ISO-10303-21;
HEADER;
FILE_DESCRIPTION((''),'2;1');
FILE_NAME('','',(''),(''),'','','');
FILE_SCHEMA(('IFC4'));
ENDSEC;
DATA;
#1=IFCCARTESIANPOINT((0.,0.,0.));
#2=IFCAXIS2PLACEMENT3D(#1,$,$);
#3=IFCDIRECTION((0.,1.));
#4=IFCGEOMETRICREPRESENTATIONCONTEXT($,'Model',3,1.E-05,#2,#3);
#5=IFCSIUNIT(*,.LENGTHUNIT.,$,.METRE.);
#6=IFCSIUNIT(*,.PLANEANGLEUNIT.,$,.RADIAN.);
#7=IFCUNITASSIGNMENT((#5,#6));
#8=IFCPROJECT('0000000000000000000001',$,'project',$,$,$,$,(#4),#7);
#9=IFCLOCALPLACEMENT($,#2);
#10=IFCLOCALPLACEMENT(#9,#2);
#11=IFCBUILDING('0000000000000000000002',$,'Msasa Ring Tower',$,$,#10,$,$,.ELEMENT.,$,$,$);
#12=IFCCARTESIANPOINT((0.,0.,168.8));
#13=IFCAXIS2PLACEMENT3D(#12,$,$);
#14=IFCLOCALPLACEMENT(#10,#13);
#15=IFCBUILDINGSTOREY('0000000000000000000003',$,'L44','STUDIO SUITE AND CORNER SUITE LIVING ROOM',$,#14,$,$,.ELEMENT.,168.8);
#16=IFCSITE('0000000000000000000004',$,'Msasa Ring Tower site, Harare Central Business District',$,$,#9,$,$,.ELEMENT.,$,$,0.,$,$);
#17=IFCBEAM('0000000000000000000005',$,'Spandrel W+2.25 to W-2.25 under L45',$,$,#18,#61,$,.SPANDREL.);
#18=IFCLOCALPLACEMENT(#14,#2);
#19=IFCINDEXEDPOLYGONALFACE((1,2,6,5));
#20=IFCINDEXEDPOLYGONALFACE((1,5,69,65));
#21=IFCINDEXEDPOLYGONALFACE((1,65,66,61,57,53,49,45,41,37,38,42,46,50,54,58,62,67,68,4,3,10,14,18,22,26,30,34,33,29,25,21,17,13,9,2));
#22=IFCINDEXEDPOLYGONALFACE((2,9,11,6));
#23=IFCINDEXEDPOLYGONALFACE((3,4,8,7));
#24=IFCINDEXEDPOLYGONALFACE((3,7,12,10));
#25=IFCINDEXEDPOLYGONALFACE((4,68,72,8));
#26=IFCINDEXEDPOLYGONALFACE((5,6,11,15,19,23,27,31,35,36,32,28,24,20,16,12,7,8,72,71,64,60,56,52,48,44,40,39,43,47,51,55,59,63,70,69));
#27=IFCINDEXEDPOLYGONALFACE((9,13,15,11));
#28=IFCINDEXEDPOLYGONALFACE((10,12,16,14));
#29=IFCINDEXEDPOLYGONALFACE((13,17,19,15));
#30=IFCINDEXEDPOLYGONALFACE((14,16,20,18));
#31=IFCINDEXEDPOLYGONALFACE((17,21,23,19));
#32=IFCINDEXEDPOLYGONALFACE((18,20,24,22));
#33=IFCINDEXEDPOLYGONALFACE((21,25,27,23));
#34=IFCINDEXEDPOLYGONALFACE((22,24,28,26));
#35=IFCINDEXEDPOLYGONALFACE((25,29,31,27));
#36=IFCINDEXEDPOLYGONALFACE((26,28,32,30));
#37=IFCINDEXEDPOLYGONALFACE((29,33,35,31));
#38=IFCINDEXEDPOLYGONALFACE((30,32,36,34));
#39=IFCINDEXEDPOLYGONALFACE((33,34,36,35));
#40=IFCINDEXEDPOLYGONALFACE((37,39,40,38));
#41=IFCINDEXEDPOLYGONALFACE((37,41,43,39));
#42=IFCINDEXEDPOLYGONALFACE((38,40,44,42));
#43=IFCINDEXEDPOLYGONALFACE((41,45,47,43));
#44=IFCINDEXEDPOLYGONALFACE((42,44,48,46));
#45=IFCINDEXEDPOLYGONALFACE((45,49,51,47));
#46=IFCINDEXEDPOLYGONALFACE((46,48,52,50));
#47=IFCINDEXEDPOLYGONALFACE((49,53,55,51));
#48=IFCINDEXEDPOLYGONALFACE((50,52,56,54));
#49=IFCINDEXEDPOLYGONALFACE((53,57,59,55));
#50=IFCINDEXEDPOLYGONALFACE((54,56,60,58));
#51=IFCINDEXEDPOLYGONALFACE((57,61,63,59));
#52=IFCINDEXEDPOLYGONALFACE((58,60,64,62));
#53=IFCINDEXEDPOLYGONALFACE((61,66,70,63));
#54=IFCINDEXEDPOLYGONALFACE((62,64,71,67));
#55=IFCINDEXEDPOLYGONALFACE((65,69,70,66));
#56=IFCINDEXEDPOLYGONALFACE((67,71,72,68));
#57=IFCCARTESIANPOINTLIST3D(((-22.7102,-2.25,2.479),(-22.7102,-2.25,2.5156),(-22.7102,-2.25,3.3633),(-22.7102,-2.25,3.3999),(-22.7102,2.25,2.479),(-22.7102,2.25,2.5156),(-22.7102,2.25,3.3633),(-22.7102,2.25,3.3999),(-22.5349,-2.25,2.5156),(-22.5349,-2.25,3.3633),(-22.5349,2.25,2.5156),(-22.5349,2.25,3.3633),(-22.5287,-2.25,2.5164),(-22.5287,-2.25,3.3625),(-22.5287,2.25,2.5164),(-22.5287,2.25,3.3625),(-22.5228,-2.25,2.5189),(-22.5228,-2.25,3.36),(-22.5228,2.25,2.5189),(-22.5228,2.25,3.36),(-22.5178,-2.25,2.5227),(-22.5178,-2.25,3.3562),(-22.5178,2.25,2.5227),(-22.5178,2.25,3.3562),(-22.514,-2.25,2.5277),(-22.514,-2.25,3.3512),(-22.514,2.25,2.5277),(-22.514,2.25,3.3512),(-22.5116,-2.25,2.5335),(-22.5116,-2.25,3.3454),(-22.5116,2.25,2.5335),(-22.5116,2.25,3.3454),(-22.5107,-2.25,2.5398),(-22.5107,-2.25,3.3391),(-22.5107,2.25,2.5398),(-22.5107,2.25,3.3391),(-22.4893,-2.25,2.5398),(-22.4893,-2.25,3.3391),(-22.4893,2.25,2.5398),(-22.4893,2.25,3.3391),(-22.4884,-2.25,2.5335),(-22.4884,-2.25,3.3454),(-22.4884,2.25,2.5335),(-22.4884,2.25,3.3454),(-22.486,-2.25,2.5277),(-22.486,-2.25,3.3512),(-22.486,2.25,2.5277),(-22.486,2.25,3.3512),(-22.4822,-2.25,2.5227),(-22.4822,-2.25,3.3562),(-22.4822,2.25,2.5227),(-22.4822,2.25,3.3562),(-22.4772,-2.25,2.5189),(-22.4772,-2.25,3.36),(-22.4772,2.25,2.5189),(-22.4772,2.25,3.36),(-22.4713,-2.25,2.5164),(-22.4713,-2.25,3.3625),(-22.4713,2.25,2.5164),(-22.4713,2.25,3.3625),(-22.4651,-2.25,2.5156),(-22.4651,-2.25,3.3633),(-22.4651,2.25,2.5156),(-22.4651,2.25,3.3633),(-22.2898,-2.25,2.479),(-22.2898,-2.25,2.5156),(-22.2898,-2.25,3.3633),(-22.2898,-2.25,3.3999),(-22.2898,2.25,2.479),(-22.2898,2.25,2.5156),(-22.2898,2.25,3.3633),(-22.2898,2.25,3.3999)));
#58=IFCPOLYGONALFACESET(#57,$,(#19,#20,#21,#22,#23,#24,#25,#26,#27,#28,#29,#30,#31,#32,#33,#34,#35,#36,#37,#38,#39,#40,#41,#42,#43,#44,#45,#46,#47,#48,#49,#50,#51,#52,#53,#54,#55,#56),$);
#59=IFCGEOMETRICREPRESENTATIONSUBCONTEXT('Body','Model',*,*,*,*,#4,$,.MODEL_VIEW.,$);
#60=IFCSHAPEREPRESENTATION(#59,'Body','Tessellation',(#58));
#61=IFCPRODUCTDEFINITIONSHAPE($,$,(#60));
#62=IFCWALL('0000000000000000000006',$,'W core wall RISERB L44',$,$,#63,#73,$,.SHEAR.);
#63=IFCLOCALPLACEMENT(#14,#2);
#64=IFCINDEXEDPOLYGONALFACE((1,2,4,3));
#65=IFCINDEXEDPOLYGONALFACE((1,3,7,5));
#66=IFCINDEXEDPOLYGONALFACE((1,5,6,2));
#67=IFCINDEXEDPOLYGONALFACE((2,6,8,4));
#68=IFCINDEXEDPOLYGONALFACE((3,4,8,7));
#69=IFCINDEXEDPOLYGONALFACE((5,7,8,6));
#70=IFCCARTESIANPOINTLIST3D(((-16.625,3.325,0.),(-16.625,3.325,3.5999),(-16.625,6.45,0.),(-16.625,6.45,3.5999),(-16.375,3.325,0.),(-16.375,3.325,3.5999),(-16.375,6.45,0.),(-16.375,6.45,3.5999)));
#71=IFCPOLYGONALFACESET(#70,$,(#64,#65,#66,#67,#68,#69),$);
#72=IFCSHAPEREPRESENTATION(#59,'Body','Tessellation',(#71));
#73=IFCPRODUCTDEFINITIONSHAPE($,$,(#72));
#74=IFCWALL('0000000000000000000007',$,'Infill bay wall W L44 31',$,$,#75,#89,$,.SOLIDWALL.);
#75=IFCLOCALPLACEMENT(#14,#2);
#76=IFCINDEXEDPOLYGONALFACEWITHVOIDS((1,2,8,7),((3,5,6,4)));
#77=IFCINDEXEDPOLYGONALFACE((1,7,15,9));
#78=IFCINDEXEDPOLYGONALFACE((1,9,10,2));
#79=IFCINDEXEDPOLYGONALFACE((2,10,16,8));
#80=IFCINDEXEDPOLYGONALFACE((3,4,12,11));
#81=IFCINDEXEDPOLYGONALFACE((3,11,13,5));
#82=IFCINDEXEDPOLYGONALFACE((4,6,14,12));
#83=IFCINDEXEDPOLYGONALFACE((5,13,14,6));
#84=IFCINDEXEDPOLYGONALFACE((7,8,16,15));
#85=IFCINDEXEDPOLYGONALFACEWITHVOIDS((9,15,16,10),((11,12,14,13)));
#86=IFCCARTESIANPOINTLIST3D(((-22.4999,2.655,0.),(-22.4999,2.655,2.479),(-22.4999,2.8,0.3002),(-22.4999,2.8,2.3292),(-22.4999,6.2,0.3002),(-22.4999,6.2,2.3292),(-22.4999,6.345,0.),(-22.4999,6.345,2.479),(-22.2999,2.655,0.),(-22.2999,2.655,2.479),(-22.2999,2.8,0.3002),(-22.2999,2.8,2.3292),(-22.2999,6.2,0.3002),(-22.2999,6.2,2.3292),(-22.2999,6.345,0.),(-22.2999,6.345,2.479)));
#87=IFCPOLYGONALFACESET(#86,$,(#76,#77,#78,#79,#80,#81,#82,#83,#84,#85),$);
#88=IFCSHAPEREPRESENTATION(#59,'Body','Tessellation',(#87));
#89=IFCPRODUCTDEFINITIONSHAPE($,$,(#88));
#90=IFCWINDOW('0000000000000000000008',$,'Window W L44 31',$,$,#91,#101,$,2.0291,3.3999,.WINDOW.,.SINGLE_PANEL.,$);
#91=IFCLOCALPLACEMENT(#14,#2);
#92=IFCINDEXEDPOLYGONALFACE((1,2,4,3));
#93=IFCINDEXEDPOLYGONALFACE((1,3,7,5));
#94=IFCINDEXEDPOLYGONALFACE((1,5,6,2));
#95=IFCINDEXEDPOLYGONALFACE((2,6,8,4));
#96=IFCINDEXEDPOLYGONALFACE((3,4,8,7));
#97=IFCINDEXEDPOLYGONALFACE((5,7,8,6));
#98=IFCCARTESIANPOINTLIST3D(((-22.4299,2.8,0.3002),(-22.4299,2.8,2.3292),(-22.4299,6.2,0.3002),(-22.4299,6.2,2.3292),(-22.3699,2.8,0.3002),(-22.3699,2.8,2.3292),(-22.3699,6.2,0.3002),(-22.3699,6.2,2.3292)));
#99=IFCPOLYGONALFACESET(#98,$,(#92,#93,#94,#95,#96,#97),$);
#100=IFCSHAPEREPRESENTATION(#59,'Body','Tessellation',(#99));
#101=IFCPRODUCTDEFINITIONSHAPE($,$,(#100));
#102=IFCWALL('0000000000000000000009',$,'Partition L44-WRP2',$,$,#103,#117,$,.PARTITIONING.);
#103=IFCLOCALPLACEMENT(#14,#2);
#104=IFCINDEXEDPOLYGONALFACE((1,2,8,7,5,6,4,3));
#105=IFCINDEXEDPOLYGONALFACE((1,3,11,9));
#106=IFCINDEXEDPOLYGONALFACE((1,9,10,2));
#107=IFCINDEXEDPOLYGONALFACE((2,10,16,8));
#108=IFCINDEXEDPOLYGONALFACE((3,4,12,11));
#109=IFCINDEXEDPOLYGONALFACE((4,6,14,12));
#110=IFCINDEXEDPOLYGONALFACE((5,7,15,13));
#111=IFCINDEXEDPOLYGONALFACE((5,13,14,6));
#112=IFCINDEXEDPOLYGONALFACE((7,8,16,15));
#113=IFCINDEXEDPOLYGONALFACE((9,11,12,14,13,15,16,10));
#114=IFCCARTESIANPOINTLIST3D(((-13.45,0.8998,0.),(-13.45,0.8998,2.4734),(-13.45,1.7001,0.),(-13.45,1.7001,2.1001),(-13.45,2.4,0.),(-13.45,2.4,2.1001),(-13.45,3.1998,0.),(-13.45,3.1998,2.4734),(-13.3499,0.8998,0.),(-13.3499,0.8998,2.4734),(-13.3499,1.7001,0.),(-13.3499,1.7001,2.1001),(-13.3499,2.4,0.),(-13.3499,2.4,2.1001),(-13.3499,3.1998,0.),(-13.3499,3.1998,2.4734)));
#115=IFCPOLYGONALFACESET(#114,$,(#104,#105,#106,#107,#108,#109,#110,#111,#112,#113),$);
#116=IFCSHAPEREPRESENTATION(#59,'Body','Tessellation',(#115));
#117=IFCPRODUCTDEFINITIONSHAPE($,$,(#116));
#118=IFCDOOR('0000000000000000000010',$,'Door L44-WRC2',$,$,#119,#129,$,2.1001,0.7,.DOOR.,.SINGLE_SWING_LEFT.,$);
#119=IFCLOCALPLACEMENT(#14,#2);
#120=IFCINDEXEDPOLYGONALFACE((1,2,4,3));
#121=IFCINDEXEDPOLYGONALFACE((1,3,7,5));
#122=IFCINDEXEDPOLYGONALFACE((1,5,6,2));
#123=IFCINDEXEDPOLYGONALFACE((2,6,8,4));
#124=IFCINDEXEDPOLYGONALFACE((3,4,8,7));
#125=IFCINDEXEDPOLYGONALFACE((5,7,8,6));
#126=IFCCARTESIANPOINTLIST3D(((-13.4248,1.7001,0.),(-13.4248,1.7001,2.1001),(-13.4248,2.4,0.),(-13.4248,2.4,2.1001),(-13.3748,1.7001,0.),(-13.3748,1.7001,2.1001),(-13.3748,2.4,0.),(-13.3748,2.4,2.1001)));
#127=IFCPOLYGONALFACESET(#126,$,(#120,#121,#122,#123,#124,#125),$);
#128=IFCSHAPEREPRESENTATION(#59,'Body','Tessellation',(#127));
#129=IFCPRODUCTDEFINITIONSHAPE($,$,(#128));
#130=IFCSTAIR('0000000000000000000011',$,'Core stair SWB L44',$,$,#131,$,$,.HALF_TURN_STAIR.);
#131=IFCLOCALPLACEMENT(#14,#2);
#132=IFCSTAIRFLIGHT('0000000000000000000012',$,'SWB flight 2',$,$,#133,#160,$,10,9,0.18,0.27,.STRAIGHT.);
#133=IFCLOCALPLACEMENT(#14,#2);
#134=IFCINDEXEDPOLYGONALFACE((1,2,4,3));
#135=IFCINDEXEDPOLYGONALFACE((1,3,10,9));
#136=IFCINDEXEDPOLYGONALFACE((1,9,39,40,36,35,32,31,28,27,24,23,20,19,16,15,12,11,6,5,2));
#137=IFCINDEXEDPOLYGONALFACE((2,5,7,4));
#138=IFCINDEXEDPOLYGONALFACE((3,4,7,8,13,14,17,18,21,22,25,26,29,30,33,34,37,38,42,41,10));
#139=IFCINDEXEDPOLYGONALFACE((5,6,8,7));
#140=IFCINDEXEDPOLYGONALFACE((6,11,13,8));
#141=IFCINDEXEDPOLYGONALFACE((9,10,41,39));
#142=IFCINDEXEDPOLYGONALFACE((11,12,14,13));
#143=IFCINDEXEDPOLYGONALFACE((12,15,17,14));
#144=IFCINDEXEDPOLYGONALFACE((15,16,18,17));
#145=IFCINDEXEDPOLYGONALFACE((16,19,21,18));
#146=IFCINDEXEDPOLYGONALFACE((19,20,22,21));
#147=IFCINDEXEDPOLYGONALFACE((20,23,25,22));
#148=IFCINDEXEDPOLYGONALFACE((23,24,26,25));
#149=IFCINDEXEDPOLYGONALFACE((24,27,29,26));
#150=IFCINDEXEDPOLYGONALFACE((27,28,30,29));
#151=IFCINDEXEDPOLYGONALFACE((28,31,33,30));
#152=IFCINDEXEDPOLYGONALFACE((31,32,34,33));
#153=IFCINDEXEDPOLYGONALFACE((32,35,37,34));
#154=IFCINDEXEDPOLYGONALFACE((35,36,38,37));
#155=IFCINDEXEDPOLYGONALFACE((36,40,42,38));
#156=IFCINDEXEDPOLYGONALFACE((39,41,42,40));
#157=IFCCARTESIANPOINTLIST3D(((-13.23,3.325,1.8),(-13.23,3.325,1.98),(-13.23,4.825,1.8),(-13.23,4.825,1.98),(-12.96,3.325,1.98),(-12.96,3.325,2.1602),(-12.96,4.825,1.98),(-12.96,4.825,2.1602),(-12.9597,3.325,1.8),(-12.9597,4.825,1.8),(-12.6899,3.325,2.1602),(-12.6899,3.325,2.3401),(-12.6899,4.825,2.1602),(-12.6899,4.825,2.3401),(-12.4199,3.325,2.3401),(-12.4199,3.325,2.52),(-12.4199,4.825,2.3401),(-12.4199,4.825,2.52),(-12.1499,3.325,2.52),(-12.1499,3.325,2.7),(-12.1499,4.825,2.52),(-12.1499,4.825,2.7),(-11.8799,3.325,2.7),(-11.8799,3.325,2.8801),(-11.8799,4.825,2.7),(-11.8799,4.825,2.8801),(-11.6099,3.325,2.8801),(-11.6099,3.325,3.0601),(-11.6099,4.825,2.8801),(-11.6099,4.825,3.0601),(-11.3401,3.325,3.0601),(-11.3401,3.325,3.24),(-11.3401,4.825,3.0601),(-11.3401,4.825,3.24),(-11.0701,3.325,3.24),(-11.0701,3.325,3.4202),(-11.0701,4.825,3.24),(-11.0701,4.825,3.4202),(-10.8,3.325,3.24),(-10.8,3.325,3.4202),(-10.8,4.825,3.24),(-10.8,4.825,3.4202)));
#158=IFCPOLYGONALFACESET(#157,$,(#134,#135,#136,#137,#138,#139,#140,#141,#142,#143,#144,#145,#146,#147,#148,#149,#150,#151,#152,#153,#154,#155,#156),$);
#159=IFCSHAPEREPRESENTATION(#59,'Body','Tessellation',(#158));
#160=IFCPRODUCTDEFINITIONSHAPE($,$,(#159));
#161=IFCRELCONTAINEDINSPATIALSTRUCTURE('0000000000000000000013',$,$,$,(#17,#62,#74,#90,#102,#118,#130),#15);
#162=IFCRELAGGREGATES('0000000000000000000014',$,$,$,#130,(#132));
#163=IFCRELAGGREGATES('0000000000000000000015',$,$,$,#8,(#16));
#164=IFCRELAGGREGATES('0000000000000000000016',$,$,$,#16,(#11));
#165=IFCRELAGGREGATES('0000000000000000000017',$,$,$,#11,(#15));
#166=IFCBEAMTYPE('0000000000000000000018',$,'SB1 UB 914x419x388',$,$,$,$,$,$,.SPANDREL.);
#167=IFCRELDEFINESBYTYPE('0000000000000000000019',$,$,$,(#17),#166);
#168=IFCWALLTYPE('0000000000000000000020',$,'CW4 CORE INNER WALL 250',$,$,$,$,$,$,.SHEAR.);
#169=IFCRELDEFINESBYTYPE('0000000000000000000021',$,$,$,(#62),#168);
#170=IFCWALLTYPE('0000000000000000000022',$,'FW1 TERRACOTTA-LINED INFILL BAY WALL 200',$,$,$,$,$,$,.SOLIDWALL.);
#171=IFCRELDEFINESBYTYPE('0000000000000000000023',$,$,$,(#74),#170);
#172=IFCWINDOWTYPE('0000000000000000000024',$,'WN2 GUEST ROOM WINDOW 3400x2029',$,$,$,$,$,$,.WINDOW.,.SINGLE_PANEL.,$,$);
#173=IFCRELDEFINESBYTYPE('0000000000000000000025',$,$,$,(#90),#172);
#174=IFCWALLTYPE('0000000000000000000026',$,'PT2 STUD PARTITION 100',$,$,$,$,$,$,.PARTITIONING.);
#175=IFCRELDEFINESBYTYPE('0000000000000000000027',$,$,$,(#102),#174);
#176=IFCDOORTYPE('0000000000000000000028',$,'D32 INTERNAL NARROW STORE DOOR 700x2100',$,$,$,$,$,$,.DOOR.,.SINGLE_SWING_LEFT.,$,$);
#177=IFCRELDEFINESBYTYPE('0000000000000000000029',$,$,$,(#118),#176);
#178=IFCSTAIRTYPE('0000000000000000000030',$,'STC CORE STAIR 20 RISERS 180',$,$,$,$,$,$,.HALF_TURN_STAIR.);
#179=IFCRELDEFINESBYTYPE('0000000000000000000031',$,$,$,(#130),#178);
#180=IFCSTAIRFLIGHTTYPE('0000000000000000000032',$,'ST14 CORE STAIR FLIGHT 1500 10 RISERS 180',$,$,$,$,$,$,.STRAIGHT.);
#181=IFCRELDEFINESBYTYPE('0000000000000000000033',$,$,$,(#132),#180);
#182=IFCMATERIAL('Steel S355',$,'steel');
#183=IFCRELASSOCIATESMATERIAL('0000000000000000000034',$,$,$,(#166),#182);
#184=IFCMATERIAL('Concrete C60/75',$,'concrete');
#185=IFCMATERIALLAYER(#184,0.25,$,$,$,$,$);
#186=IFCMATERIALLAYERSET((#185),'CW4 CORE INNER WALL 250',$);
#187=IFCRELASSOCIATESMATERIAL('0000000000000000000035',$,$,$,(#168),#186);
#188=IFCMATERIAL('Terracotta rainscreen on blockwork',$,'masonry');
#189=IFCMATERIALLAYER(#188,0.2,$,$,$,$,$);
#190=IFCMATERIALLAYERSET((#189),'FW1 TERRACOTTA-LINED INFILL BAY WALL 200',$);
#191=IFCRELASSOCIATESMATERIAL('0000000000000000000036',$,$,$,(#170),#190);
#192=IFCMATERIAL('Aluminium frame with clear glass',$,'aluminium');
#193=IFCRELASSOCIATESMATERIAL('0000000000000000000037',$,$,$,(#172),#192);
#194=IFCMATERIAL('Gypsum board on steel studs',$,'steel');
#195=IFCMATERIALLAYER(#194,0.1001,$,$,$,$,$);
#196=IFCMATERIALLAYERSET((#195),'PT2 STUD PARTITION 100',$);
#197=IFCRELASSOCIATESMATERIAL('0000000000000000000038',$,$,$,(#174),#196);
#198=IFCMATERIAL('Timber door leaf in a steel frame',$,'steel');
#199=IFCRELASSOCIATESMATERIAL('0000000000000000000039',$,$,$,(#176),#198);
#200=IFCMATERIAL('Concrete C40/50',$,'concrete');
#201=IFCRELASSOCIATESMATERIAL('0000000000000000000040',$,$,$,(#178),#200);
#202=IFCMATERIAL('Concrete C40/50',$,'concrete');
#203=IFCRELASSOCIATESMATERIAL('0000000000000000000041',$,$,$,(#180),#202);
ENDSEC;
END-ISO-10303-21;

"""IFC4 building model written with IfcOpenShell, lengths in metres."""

from ifc_helpers import new_model, si_unit, direction, frame, frame_2d, origin, origin_2d, place, context, subcontext, project, spatial, polyline, rectangle, i_section, outline, extrude, material, layer, layer_set, material_profile, profile_set, type_object, element, fill, aggregate, save


model = new_model("IFC4")

# Units and contexts
model_context = context("Model", 3, precision=1e-05, world=origin(), true_north=direction((0.0, 1.0)))
body_context = subcontext(model_context, "Body", "Model", "MODEL_VIEW")
ifc_project = project(units=[si_unit("LENGTHUNIT", "METRE"), si_unit("PLANEANGLEUNIT", "RADIAN")], contexts=[model_context])

# Site, building, storey
site_placement = place(None, origin())
site = spatial("IfcSite", under=ifc_project, at=site_placement, Name="Msasa Ring Tower site, Harare Central Business District", CompositionType="ELEMENT", RefElevation=0.0)
building_placement = place(site_placement, origin())
building = spatial("IfcBuilding", under=site, at=building_placement, Name="Msasa Ring Tower", CompositionType="ELEMENT")
storey_placement = place(building_placement, frame((0.0, 0.0, 168.8)))
storey = spatial("IfcBuildingStorey", under=building, at=storey_placement, Name="L44", Description="STUDIO SUITE AND CORNER SUITE LIVING ROOM", CompositionType="ELEMENT", Elevation=168.8)

# Beam
ifc_material_1 = material(Name="Steel S355", Category="steel")
ifc_material_profile_1 = material_profile(ifc_material_1, i_section(OverallWidth=0.4204, OverallDepth=0.9209, WebThickness=0.0215, FlangeThickness=0.0366, FilletRadius=0.0242, at=origin_2d()), Name="UB 914x419x388")
ifc_profile_set_1 = profile_set([ifc_material_profile_1], Name="Steel S355")
beam_type_1 = type_object("IfcBeamType", Name="SB1 UB 914x419x388", PredefinedType="SPANDREL", material=ifc_profile_set_1)
for number, where, z_axis, x_axis, name in (
    (1, (-22.5, 2.25, 2.9395), (0.0, -1.0, 0.0), (1.0, 0.0, 0.0), "Spandrel W+2.25 to W-2.25 under L45"),
):
    element("IfcBeam", number, at=place(storey_placement, frame(where, z_axis=z_axis, x_axis=x_axis)), inside=storey, type_object=beam_type_1, Name=name, PredefinedType="SPANDREL", context=body_context, shape_type="SweptSolid", body=[
        extrude(i_section(OverallWidth=0.4204, OverallDepth=0.9209, WebThickness=0.0215, FlangeThickness=0.0366, FilletRadius=0.0242, at=origin_2d()), origin(), (0.0, 0.0, 1.0), 4.5),
    ])

# Wall
ifc_material_2 = material(Name="Concrete C60/75", Category="concrete")
ifc_layer_1 = layer(ifc_material_2, 0.25)
ifc_layer_set_1 = layer_set([ifc_layer_1], Name="CW4 CORE INNER WALL 250")
wall_type_1 = type_object("IfcWallType", Name="CW4 CORE INNER WALL 250", PredefinedType="SHEAR", material=ifc_layer_set_1)
wall_1_placement = place(storey_placement, frame((-16.5, 3.325, 0.0), z_axis=(0.0, 0.0, 1.0), x_axis=(0.0, 1.0, 0.0)))
element("IfcWall", 2, at=wall_1_placement, inside=storey, type_object=wall_type_1, Name="W core wall RISERB L44", PredefinedType="SHEAR", context=body_context, shape_type="SweptSolid", body=[
    extrude(rectangle(XDim=3.125, YDim=0.25, at=frame_2d((1.5625, 0.0))), origin(), (0.0, 0.0, 1.0), 3.5999),
])

# Wall, opening, window
ifc_material_3 = material(Name="Terracotta rainscreen on blockwork", Category="masonry")
ifc_layer_2 = layer(ifc_material_3, 0.2)
ifc_layer_set_2 = layer_set([ifc_layer_2], Name="FW1 TERRACOTTA-LINED INFILL BAY WALL 200")
wall_type_2 = type_object("IfcWallType", Name="FW1 TERRACOTTA-LINED INFILL BAY WALL 200", PredefinedType="SOLIDWALL", material=ifc_layer_set_2)
wall_2_placement = place(storey_placement, frame((-22.3999, 2.655, 0.0), z_axis=(0.0, 0.0, 1.0), x_axis=(0.0, 1.0, 0.0)))
wall_2 = element("IfcWall", 3, at=wall_2_placement, inside=storey, type_object=wall_type_2, Name="Infill bay wall W L44 31", PredefinedType="SOLIDWALL", context=body_context, shape_type="SweptSolid", body=[
    extrude(rectangle(XDim=3.6899, YDim=0.2, at=frame_2d((1.845, 0.0))), origin(), (0.0, 0.0, 1.0), 2.479),
])
opening_1_placement = place(wall_2_placement, frame((0.145, 0.0, 0.3)))
opening_1 = element("IfcOpeningElement", 4, at=opening_1_placement, cuts=wall_2, PredefinedType="OPENING", context=body_context, shape_type="SweptSolid", body=[
    extrude(rectangle(XDim=3.3999, YDim=2.0291, at=frame_2d((1.7, 1.0146))), frame((0.0, 0.1099, 0.0), z_axis=(0.0, -1.0, 0.0), x_axis=(1.0, 0.0, 0.0)), (0.0, 0.0, 1.0), 0.22),
])
ifc_material_4 = material(Name="Aluminium frame with clear glass", Category="aluminium")
window_type = type_object("IfcWindowType", Name="WN2 GUEST ROOM WINDOW 3400x2029", PartitioningType="SINGLE_PANEL", PredefinedType="WINDOW", material=ifc_material_4)
window_placement = place(opening_1_placement, origin())
window = element("IfcWindow", 5, at=window_placement, inside=storey, type_object=window_type, Name="Window W L44 31", OverallHeight=2.0291, OverallWidth=3.3999, PartitioningType="SINGLE_PANEL", PredefinedType="WINDOW", context=body_context, shape_type="SweptSolid", body=[
    extrude(rectangle(XDim=3.3999, YDim=2.0291, at=frame_2d((1.7, 1.0146))), frame((0.0, 0.03, 0.0), z_axis=(0.0, -1.0, 0.0), x_axis=(1.0, 0.0, 0.0)), (0.0, 0.0, 1.0), 0.0601),
])
fill(opening_1, window)

# Wall, opening, door
ifc_material_5 = material(Name="Gypsum board on steel studs", Category="steel")
ifc_layer_3 = layer(ifc_material_5, 0.1001)
ifc_layer_set_3 = layer_set([ifc_layer_3], Name="PT2 STUD PARTITION 100")
wall_type_3 = type_object("IfcWallType", Name="PT2 STUD PARTITION 100", PredefinedType="PARTITIONING", material=ifc_layer_set_3)
wall_3_placement = place(storey_placement, frame((-13.3999, 0.8999, 0.0), z_axis=(0.0, 0.0, 1.0), x_axis=(0.0, 1.0, 0.0)))
wall_3 = element("IfcWall", 6, at=wall_3_placement, inside=storey, type_object=wall_type_3, Name="Partition L44-WRP2", PredefinedType="PARTITIONING", context=body_context, shape_type="SweptSolid", body=[
    extrude(rectangle(XDim=2.3, YDim=0.1001, at=frame_2d((1.1499, 0.0))), origin(), (0.0, 0.0, 1.0), 2.4734),
])
opening_2_placement = place(wall_3_placement, frame((0.8, 0.0, 0.0)))
opening_2 = element("IfcOpeningElement", 7, at=opening_2_placement, cuts=wall_3, PredefinedType="OPENING", context=body_context, shape_type="SweptSolid", body=[
    extrude(rectangle(XDim=0.7, YDim=2.1001, at=frame_2d((0.3501, 1.05))), frame((0.0, 0.0601, 0.0), z_axis=(0.0, -1.0, 0.0), x_axis=(1.0, 0.0, 0.0)), (0.0, 0.0, 1.0), 0.1201),
])
ifc_material_6 = material(Name="Timber door leaf in a steel frame", Category="steel")
door_type = type_object("IfcDoorType", Name="D32 INTERNAL NARROW STORE DOOR 700x2100", OperationType="SINGLE_SWING_LEFT", PredefinedType="DOOR", material=ifc_material_6)
door_placement = place(opening_2_placement, origin())
door = element("IfcDoor", 8, at=door_placement, inside=storey, type_object=door_type, Name="Door L44-WRC2", OperationType="SINGLE_SWING_LEFT", OverallHeight=2.1001, OverallWidth=0.7, PredefinedType="DOOR", context=body_context, shape_type="SweptSolid", body=[
    extrude(rectangle(XDim=0.7, YDim=2.1001, at=frame_2d((0.3501, 1.05))), frame((0.0, 0.0249, 0.0), z_axis=(0.0, -1.0, 0.0), x_axis=(1.0, 0.0, 0.0)), (0.0, 0.0, 1.0), 0.05),
])
fill(opening_2, door)

# Stair, stair flight
ifc_material_7 = material(Name="Concrete C40/50", Category="concrete")
stair_type = type_object("IfcStairType", Name="STC CORE STAIR 20 RISERS 180", PredefinedType="HALF_TURN_STAIR", material=ifc_material_7)
stair_placement = place(storey_placement, origin())
stair = element("IfcStair", 9, at=stair_placement, inside=storey, type_object=stair_type, Name="Core stair SWB L44", PredefinedType="HALF_TURN_STAIR")
ifc_material_8 = material(Name="Concrete C40/50", Category="concrete")
stair_flight_type = type_object("IfcStairFlightType", Name="ST14 CORE STAIR FLIGHT 1500 10 RISERS 180", PredefinedType="STRAIGHT", material=ifc_material_8)
stair_flight_placement = place(storey_placement, frame((-13.23, 4.075, 1.8), z_axis=(0.0, 0.0, 1.0), x_axis=(1.0, 0.0, 0.0)))
stair_flight = element("IfcStairFlight", 10, at=stair_flight_placement, type_object=stair_flight_type, Name="SWB flight 2", NumberOfRisers=10, NumberOfTreads=9, PredefinedType="STRAIGHT", RiserHeight=0.18, TreadLength=0.27, context=body_context, shape_type="SweptSolid", body=[
    extrude(outline(polyline([(0.0, 0.0), (0.0, 0.1799), (0.27, 0.1799), (0.27, 0.3601), (0.54, 0.3601), (0.54, 0.54), (0.8101, 0.54), (0.8101, 0.72), (1.0801, 0.72), (1.0801, 0.8999), (1.3501, 0.8999), (1.3501, 1.0801), (1.6201, 1.0801), (1.6201, 1.26), (1.8899, 1.26), (1.8899, 1.4399), (2.1599, 1.4399), (2.1599, 1.6201), (2.4299, 1.6201), (2.4299, 1.8), (2.4299, 1.4399), (0.2703, 0.0), (0.0, 0.0)])), frame((0.0, 0.75, 0.0), z_axis=(0.0, -1.0, 0.0), x_axis=(1.0, 0.0, 0.0)), (0.0, 0.0, 1.0), 1.5),
])
aggregate(stair, [stair_flight])

save(model, "model.ifc")
